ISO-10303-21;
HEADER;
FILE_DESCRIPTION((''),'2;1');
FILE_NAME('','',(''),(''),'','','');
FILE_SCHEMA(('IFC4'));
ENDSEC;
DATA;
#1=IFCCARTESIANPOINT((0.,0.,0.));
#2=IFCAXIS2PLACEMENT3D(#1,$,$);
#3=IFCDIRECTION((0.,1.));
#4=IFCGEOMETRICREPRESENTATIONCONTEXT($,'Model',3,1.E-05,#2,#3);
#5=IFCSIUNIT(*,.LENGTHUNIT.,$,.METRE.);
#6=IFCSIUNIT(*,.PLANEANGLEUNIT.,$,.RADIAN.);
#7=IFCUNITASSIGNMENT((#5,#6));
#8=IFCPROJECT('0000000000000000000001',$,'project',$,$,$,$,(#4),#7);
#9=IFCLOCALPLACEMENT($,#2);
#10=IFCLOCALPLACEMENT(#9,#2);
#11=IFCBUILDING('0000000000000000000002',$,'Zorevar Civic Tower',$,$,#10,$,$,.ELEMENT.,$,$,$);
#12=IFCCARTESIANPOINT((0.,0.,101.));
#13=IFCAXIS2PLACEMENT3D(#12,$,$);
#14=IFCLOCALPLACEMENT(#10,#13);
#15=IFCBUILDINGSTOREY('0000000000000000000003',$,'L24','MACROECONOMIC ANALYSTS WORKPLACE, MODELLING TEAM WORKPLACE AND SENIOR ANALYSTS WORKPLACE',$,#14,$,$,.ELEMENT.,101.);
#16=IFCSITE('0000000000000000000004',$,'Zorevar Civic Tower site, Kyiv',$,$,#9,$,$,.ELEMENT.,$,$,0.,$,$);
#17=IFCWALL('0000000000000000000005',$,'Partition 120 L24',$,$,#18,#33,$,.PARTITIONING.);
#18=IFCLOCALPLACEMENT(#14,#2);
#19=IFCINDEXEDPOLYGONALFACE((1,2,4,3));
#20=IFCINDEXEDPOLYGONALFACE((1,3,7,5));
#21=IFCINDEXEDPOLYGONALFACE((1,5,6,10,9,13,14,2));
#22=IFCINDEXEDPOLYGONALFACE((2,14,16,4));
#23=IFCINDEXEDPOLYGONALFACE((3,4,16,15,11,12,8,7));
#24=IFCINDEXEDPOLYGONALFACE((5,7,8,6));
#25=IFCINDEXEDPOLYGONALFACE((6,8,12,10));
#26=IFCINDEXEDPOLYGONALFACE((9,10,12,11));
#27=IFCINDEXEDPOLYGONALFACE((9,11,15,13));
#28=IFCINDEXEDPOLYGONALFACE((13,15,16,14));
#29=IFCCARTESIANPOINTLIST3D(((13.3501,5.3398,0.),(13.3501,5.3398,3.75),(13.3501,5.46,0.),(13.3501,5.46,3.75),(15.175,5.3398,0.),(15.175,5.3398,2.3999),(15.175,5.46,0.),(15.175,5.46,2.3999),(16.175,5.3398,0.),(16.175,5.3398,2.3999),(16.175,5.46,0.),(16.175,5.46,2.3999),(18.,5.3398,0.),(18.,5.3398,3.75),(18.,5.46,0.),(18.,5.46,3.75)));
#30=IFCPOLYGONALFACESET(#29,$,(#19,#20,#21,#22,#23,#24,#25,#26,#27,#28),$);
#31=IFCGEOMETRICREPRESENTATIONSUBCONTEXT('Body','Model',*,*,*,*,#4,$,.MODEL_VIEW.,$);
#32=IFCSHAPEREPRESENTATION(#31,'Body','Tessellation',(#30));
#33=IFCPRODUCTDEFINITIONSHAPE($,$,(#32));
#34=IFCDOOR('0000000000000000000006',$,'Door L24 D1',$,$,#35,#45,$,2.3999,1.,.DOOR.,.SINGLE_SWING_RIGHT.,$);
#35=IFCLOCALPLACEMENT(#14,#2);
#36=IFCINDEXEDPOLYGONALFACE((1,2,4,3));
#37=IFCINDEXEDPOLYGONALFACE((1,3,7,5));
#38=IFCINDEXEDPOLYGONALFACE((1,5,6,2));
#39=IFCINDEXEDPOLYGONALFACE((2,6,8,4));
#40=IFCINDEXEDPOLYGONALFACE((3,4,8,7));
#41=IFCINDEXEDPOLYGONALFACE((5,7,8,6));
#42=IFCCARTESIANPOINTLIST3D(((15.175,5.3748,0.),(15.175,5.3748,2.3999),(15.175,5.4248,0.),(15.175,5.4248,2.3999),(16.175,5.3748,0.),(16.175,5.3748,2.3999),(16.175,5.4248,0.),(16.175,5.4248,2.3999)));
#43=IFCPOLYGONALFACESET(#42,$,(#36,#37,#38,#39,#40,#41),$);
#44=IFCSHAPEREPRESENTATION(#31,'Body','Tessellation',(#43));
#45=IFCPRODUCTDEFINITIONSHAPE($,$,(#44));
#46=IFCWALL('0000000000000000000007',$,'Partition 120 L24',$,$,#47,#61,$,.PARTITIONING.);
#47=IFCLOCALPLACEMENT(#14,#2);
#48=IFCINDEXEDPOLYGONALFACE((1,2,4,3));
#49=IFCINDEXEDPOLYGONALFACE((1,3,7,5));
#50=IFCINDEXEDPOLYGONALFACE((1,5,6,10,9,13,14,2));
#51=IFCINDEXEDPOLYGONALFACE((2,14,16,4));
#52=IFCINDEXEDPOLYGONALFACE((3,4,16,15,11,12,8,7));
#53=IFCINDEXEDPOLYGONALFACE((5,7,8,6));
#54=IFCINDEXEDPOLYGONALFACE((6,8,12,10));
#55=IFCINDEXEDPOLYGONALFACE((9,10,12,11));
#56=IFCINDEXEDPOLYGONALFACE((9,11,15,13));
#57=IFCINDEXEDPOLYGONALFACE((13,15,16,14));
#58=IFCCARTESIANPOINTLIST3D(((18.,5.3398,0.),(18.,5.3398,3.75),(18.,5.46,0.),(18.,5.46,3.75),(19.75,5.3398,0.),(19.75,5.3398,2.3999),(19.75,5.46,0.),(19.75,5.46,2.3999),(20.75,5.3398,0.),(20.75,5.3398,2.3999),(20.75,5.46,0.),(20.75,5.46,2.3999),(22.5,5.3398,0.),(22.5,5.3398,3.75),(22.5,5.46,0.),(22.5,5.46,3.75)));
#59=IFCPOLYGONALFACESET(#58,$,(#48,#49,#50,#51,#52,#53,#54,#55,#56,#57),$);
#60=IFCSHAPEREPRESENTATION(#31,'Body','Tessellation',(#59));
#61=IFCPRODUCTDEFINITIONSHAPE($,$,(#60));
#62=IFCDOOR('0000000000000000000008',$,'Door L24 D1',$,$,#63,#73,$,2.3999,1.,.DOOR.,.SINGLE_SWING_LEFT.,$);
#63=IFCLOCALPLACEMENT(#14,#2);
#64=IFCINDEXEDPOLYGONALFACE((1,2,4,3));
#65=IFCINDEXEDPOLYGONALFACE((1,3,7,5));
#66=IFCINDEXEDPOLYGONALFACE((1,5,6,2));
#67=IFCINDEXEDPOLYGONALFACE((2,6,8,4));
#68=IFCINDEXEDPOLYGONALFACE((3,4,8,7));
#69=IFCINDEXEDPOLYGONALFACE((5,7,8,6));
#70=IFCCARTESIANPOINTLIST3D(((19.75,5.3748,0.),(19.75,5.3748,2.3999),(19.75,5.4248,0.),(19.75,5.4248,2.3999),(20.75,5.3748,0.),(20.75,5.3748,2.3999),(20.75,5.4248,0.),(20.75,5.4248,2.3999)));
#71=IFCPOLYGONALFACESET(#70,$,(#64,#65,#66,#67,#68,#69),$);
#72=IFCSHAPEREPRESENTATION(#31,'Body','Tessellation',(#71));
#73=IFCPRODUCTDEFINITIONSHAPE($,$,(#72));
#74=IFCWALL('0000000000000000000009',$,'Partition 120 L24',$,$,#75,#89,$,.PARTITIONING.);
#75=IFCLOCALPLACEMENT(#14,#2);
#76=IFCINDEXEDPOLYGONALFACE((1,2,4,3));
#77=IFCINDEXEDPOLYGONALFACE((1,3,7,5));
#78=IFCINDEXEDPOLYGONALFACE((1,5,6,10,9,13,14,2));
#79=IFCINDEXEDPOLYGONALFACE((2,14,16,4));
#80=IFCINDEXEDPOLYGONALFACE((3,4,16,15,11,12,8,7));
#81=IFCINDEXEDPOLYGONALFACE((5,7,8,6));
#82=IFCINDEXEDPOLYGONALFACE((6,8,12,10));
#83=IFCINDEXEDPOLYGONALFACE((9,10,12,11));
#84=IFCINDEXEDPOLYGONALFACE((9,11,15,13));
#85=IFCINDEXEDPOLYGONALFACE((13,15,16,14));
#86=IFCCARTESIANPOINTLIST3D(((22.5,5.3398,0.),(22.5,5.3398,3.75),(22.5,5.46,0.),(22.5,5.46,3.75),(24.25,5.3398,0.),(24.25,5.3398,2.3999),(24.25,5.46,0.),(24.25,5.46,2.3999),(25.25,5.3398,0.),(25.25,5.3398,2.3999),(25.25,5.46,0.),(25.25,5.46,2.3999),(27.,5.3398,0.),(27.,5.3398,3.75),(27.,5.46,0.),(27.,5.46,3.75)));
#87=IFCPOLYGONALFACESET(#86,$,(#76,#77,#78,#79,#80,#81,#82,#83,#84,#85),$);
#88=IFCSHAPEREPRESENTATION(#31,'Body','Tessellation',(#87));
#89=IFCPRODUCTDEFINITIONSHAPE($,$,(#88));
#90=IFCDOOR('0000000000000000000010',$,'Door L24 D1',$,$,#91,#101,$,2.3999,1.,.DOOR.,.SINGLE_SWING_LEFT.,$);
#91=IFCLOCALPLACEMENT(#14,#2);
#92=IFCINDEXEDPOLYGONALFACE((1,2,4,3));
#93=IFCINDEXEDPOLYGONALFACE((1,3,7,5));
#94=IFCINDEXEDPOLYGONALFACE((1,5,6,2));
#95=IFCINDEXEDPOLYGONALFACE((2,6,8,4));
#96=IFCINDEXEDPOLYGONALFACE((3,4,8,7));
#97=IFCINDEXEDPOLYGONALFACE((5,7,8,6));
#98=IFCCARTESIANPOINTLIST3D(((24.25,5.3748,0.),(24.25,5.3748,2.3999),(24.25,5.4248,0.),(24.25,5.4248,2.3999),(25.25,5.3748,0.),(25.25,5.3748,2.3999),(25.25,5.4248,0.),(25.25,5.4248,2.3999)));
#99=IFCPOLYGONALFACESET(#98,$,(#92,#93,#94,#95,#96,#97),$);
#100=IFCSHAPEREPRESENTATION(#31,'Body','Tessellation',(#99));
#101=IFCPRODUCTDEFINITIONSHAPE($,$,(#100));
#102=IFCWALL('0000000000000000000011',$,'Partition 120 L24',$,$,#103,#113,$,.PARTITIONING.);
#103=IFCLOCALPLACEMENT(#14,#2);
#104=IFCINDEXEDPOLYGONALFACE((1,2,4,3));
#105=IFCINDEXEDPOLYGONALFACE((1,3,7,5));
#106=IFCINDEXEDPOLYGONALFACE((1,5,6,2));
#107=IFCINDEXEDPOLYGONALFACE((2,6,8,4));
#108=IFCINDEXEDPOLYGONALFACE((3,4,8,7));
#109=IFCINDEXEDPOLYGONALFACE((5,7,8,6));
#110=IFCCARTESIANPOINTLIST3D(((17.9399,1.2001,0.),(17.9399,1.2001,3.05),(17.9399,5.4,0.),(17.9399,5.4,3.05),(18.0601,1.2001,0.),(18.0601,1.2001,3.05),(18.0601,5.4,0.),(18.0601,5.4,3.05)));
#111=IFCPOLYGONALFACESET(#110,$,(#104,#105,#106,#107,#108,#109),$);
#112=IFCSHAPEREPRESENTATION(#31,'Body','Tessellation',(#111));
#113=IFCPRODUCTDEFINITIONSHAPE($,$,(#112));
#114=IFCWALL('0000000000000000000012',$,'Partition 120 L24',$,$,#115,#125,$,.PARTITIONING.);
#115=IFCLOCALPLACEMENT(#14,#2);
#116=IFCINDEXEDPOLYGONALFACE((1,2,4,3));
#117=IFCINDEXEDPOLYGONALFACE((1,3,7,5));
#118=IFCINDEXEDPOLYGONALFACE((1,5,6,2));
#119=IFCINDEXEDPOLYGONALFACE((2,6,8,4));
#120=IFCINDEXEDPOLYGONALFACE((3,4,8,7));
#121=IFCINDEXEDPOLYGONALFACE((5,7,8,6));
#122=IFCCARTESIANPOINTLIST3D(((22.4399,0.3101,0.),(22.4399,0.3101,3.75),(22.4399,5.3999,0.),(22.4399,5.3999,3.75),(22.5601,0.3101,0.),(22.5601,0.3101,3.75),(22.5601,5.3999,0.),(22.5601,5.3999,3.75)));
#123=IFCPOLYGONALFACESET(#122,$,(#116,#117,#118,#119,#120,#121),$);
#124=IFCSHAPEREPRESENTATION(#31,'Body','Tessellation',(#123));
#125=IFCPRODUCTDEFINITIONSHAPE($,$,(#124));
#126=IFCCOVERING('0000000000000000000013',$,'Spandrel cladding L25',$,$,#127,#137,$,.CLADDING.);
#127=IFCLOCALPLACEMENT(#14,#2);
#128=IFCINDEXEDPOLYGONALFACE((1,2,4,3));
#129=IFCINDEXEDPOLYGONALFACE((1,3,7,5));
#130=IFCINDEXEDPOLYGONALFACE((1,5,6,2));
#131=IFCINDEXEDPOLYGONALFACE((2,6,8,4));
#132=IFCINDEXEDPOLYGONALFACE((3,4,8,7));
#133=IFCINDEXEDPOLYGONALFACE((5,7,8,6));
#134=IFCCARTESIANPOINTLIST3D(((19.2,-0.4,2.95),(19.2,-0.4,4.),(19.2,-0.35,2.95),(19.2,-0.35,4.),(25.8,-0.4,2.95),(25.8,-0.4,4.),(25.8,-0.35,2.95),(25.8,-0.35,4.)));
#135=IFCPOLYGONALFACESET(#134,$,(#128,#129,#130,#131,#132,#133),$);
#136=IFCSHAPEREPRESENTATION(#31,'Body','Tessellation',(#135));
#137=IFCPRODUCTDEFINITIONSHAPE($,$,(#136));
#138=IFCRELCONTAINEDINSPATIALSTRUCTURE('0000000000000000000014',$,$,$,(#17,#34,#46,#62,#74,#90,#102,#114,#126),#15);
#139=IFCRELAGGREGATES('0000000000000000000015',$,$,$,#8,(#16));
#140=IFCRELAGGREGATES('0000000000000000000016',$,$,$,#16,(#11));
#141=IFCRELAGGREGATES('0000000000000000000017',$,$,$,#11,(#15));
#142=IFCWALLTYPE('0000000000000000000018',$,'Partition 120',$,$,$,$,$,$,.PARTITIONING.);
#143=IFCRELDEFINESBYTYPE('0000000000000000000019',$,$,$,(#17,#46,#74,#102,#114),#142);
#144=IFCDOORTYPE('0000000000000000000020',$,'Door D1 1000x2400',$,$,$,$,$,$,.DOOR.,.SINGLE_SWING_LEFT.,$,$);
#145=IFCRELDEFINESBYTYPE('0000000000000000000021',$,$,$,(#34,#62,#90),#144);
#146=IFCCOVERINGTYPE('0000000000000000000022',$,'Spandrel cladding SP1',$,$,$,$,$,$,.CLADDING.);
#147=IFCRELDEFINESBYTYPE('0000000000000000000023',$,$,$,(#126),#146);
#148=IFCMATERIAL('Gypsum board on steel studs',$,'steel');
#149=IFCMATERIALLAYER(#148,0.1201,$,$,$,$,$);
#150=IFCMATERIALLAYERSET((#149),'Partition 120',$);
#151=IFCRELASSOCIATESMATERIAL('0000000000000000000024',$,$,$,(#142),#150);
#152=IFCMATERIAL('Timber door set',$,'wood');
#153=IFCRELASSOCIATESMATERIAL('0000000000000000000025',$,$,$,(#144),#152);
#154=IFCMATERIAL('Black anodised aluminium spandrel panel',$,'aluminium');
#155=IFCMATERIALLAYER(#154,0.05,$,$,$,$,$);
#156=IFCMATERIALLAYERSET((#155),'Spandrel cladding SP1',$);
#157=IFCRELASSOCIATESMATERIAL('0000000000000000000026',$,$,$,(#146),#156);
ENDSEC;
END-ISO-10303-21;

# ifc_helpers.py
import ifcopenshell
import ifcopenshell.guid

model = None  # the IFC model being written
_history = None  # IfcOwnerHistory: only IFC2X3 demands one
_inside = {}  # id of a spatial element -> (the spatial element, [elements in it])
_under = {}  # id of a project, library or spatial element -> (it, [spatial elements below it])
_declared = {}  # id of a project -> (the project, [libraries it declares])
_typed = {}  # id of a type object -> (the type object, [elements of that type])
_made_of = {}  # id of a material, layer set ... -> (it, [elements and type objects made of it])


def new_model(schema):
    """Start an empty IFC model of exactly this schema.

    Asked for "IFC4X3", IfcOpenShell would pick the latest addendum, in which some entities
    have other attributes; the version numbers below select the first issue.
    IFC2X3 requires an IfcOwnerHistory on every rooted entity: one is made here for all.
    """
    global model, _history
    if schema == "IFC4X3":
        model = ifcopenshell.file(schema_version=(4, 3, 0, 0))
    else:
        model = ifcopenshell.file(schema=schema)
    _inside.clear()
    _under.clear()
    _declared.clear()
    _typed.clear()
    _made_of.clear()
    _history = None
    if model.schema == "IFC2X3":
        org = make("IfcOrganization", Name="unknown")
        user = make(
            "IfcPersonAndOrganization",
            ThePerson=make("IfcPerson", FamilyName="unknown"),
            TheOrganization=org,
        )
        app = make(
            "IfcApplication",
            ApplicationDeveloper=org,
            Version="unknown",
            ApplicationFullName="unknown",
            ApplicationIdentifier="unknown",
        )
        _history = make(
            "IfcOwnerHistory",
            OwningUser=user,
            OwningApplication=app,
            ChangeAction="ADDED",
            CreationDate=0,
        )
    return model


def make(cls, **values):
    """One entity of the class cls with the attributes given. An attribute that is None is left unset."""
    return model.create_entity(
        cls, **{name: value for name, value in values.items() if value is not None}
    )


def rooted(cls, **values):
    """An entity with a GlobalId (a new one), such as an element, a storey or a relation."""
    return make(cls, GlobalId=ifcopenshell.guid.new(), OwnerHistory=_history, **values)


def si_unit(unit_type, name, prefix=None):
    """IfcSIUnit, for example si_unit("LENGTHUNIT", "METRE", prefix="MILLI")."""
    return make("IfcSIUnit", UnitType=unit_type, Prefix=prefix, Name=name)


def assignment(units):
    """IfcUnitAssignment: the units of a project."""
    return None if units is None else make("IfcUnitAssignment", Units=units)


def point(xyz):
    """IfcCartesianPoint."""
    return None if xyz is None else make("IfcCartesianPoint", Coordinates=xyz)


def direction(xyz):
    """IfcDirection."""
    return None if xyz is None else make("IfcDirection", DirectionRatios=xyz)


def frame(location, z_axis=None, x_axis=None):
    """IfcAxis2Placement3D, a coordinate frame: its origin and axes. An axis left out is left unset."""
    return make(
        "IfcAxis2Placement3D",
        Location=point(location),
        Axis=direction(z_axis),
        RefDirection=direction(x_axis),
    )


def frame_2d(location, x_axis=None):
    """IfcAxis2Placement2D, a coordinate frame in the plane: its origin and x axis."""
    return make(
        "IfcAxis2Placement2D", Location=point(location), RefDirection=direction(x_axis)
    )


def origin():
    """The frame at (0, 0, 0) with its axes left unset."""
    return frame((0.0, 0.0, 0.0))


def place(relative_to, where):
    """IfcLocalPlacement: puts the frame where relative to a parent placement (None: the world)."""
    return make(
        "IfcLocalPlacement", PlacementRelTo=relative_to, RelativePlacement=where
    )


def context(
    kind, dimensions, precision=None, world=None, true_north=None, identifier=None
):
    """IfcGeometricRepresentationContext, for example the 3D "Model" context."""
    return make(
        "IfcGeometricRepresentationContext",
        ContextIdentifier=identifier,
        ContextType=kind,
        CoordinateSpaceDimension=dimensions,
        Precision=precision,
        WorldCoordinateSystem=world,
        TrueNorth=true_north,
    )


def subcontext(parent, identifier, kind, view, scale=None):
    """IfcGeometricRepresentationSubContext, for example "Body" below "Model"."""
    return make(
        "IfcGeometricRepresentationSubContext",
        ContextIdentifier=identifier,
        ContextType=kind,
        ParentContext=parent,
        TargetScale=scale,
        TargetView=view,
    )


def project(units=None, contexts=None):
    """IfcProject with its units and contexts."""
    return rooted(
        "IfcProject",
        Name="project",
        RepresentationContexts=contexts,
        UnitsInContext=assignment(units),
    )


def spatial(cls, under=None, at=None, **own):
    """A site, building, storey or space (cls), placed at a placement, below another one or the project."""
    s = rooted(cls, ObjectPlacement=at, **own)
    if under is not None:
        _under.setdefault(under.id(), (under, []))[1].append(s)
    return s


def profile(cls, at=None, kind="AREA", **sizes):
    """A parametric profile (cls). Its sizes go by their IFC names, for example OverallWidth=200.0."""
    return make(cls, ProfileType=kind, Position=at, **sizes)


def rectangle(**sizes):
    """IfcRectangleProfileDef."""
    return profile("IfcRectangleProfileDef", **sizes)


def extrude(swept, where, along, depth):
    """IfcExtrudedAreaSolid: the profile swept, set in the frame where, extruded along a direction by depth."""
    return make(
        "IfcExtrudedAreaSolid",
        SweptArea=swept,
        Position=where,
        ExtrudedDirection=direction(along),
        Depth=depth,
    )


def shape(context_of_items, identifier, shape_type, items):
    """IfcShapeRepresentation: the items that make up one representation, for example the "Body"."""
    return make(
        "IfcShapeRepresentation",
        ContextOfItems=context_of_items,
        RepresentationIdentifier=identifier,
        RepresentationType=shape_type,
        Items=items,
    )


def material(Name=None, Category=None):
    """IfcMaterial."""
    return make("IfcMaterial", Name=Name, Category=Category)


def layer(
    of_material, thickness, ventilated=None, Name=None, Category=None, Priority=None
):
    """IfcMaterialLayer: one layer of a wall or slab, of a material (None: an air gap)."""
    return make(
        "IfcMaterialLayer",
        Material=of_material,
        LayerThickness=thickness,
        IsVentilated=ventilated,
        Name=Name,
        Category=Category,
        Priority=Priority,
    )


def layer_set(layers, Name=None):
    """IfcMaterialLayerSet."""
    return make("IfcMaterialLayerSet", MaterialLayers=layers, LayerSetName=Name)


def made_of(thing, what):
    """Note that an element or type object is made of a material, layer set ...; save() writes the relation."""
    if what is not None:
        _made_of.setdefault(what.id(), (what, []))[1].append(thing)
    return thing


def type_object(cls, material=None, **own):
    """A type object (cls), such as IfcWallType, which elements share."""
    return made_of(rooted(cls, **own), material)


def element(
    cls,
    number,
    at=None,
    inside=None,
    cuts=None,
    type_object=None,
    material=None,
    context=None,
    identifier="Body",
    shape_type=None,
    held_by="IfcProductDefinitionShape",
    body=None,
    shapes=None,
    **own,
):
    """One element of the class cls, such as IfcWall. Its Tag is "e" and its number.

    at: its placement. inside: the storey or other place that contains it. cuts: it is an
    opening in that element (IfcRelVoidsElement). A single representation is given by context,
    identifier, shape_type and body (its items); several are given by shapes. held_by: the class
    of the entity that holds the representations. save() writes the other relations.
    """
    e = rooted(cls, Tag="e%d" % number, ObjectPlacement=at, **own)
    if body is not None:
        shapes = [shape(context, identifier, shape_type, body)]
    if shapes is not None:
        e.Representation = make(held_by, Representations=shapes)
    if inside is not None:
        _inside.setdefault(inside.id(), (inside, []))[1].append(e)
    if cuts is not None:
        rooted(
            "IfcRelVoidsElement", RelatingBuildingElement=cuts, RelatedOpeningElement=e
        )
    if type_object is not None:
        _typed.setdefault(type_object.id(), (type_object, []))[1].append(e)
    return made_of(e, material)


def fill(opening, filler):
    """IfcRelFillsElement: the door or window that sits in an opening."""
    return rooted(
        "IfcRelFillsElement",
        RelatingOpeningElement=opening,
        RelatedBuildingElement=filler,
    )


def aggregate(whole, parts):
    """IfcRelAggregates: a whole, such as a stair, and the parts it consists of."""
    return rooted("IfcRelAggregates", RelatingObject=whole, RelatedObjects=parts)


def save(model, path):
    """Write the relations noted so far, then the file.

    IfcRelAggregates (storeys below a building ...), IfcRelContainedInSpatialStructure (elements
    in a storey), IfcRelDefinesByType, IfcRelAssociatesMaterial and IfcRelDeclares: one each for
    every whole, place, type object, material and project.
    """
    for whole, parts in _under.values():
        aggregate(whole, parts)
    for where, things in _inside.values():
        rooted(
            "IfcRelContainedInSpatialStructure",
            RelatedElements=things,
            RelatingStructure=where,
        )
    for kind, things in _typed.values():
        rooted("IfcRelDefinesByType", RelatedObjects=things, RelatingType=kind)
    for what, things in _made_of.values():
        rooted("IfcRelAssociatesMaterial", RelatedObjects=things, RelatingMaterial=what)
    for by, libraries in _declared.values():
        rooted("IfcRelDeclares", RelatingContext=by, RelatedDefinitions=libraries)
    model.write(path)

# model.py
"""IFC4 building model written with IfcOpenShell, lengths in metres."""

from ifc_helpers import new_model, si_unit, direction, frame, frame_2d, origin, place, context, subcontext, project, spatial, rectangle, extrude, material, layer, layer_set, type_object, element, fill, save


model = new_model("IFC4")

# Units and contexts
model_context = context("Model", 3, precision=1e-05, world=origin(), true_north=direction((0.0, 1.0)))
body_context = subcontext(model_context, "Body", "Model", "MODEL_VIEW")
ifc_project = project(units=[si_unit("LENGTHUNIT", "METRE"), si_unit("PLANEANGLEUNIT", "RADIAN")], contexts=[model_context])

# Site, building, storey
site_placement = place(None, origin())
site = spatial("IfcSite", under=ifc_project, at=site_placement, Name="Zorevar Civic Tower site, Kyiv", CompositionType="ELEMENT", RefElevation=0.0)
building_placement = place(site_placement, origin())
building = spatial("IfcBuilding", under=site, at=building_placement, Name="Zorevar Civic Tower", CompositionType="ELEMENT")
storey_placement = place(building_placement, frame((0.0, 0.0, 101.0)))
storey = spatial("IfcBuildingStorey", under=building, at=storey_placement, Name="L24", Description="MACROECONOMIC ANALYSTS WORKPLACE, MODELLING TEAM WORKPLACE AND SENIOR ANALYSTS WORKPLACE", CompositionType="ELEMENT", Elevation=101.0)

# Walls, openings, doors
ifc_material_1 = material(Name="Gypsum board on steel studs", Category="steel")
ifc_layer_1 = layer(ifc_material_1, 0.1201)
ifc_layer_set_1 = layer_set([ifc_layer_1], Name="Partition 120")
wall_type_1 = type_object("IfcWallType", Name="Partition 120", PredefinedType="PARTITIONING", material=ifc_layer_set_1)
wall_1_placement = place(storey_placement, frame((13.3501, 5.3999, 0.0), z_axis=(0.0, 0.0, 1.0), x_axis=(1.0, 0.0, 0.0)))
wall_1 = element("IfcWall", 1, at=wall_1_placement, inside=storey, type_object=wall_type_1, Name="Partition 120 L24", PredefinedType="PARTITIONING", context=body_context, shape_type="SweptSolid", body=[
    extrude(rectangle(XDim=4.6499, YDim=0.1201, at=frame_2d((2.325, 0.0))), origin(), (0.0, 0.0, 1.0), 3.75),
])
opening_1_placement = place(wall_1_placement, frame((1.825, 0.0, 0.0)))
opening_1 = element("IfcOpeningElement", 2, at=opening_1_placement, cuts=wall_1, PredefinedType="OPENING", context=body_context, shape_type="SweptSolid", body=[
    extrude(rectangle(XDim=1.0, YDim=2.3999, at=frame_2d((0.5, 1.2))), frame((0.0, 0.0701, 0.0), z_axis=(0.0, -1.0, 0.0), x_axis=(1.0, 0.0, 0.0)), (0.0, 0.0, 1.0), 0.1401),
])
ifc_material_2 = material(Name="Timber door set", Category="wood")
door_type_1 = type_object("IfcDoorType", Name="Door D1 1000x2400", OperationType="SINGLE_SWING_LEFT", PredefinedType="DOOR", material=ifc_material_2)
door_1_placement = place(opening_1_placement, origin())
door_1 = element("IfcDoor", 3, at=door_1_placement, inside=storey, type_object=door_type_1, Name="Door L24 D1", OperationType="SINGLE_SWING_RIGHT", OverallHeight=2.3999, OverallWidth=1.0, PredefinedType="DOOR", context=body_context, shape_type="SweptSolid", body=[
    extrude(rectangle(XDim=1.0, YDim=2.3999, at=frame_2d((0.5, 1.2))), frame((0.0, 0.0249, 0.0), z_axis=(0.0, -1.0, 0.0), x_axis=(1.0, 0.0, 0.0)), (0.0, 0.0, 1.0), 0.05),
])
fill(opening_1, door_1)
wall_2_placement = place(storey_placement, frame((18.0, 5.3999, 0.0), z_axis=(0.0, 0.0, 1.0), x_axis=(1.0, 0.0, 0.0)))
wall_2 = element("IfcWall", 4, at=wall_2_placement, inside=storey, type_object=wall_type_1, Name="Partition 120 L24", PredefinedType="PARTITIONING", context=body_context, shape_type="SweptSolid", body=[
    extrude(rectangle(XDim=4.5, YDim=0.1201, at=frame_2d((2.25, 0.0))), origin(), (0.0, 0.0, 1.0), 3.75),
])
opening_2_placement = place(wall_2_placement, frame((1.75, 0.0, 0.0)))
opening_2 = element("IfcOpeningElement", 5, at=opening_2_placement, cuts=wall_2, PredefinedType="OPENING", context=body_context, shape_type="SweptSolid", body=[
    extrude(rectangle(XDim=1.0, YDim=2.3999, at=frame_2d((0.5, 1.2))), frame((0.0, 0.0701, 0.0), z_axis=(0.0, -1.0, 0.0), x_axis=(1.0, 0.0, 0.0)), (0.0, 0.0, 1.0), 0.1401),
])
door_2_placement = place(opening_2_placement, origin())
door_2 = element("IfcDoor", 6, at=door_2_placement, inside=storey, type_object=door_type_1, Name="Door L24 D1", OperationType="SINGLE_SWING_LEFT", OverallHeight=2.3999, OverallWidth=1.0, PredefinedType="DOOR", context=body_context, shape_type="SweptSolid", body=[
    extrude(rectangle(XDim=1.0, YDim=2.3999, at=frame_2d((0.5, 1.2))), frame((0.0, 0.0249, 0.0), z_axis=(0.0, -1.0, 0.0), x_axis=(1.0, 0.0, 0.0)), (0.0, 0.0, 1.0), 0.05),
])
fill(opening_2, door_2)
wall_3_placement = place(storey_placement, frame((22.5, 5.3999, 0.0), z_axis=(0.0, 0.0, 1.0), x_axis=(1.0, 0.0, 0.0)))
wall_3 = element("IfcWall", 7, at=wall_3_placement, inside=storey, type_object=wall_type_1, Name="Partition 120 L24", PredefinedType="PARTITIONING", context=body_context, shape_type="SweptSolid", body=[
    extrude(rectangle(XDim=4.5, YDim=0.1201, at=frame_2d((2.25, 0.0))), origin(), (0.0, 0.0, 1.0), 3.75),
])
opening_3_placement = place(wall_3_placement, frame((1.75, 0.0, 0.0)))
opening_3 = element("IfcOpeningElement", 8, at=opening_3_placement, cuts=wall_3, PredefinedType="OPENING", context=body_context, shape_type="SweptSolid", body=[
    extrude(rectangle(XDim=1.0, YDim=2.3999, at=frame_2d((0.5, 1.2))), frame((0.0, 0.0701, 0.0), z_axis=(0.0, -1.0, 0.0), x_axis=(1.0, 0.0, 0.0)), (0.0, 0.0, 1.0), 0.1401),
])
door_3_placement = place(opening_3_placement, origin())
door_3 = element("IfcDoor", 9, at=door_3_placement, inside=storey, type_object=door_type_1, Name="Door L24 D1", OperationType="SINGLE_SWING_LEFT", OverallHeight=2.3999, OverallWidth=1.0, PredefinedType="DOOR", context=body_context, shape_type="SweptSolid", body=[
    extrude(rectangle(XDim=1.0, YDim=2.3999, at=frame_2d((0.5, 1.2))), frame((0.0, 0.0249, 0.0), z_axis=(0.0, -1.0, 0.0), x_axis=(1.0, 0.0, 0.0)), (0.0, 0.0, 1.0), 0.05),
])
fill(opening_3, door_3)

# Walls
wall_4_placement = place(storey_placement, frame((18.0, 1.2, 0.0), z_axis=(0.0, 0.0, 1.0), x_axis=(0.0, 1.0, 0.0)))
element("IfcWall", 10, at=wall_4_placement, inside=storey, type_object=wall_type_1, Name="Partition 120 L24", PredefinedType="PARTITIONING", context=body_context, shape_type="SweptSolid", body=[
    extrude(rectangle(XDim=4.2, YDim=0.1201, at=frame_2d((2.1001, 0.0))), origin(), (0.0, 0.0, 1.0), 3.05),
])
wall_5_placement = place(storey_placement, frame((22.5, 0.3101, 0.0), z_axis=(0.0, 0.0, 1.0), x_axis=(0.0, 1.0, 0.0)))
element("IfcWall", 11, at=wall_5_placement, inside=storey, type_object=wall_type_1, Name="Partition 120 L24", PredefinedType="PARTITIONING", context=body_context, shape_type="SweptSolid", body=[
    extrude(rectangle(XDim=5.0898, YDim=0.1201, at=frame_2d((2.5449, 0.0))), origin(), (0.0, 0.0, 1.0), 3.75),
])

# Covering
ifc_material_3 = material(Name="Black anodised aluminium spandrel panel", Category="aluminium")
ifc_layer_2 = layer(ifc_material_3, 0.05)
ifc_layer_set_2 = layer_set([ifc_layer_2], Name="Spandrel cladding SP1")
covering_type = type_object("IfcCoveringType", Name="Spandrel cladding SP1", PredefinedType="CLADDING", material=ifc_layer_set_2)
covering_placement = place(storey_placement, frame((19.2, -0.375, 2.95), z_axis=(0.0, 0.0, 1.0), x_axis=(1.0, 0.0, 0.0)))
element("IfcCovering", 12, at=covering_placement, inside=storey, type_object=covering_type, Name="Spandrel cladding L25", PredefinedType="CLADDING", context=body_context, shape_type="SweptSolid", body=[
    extrude(rectangle(XDim=6.6001, YDim=0.05, at=frame_2d((3.3, 0.0))), origin(), (0.0, 0.0, 1.0), 1.05),
])

save(model, "model.ifc")
